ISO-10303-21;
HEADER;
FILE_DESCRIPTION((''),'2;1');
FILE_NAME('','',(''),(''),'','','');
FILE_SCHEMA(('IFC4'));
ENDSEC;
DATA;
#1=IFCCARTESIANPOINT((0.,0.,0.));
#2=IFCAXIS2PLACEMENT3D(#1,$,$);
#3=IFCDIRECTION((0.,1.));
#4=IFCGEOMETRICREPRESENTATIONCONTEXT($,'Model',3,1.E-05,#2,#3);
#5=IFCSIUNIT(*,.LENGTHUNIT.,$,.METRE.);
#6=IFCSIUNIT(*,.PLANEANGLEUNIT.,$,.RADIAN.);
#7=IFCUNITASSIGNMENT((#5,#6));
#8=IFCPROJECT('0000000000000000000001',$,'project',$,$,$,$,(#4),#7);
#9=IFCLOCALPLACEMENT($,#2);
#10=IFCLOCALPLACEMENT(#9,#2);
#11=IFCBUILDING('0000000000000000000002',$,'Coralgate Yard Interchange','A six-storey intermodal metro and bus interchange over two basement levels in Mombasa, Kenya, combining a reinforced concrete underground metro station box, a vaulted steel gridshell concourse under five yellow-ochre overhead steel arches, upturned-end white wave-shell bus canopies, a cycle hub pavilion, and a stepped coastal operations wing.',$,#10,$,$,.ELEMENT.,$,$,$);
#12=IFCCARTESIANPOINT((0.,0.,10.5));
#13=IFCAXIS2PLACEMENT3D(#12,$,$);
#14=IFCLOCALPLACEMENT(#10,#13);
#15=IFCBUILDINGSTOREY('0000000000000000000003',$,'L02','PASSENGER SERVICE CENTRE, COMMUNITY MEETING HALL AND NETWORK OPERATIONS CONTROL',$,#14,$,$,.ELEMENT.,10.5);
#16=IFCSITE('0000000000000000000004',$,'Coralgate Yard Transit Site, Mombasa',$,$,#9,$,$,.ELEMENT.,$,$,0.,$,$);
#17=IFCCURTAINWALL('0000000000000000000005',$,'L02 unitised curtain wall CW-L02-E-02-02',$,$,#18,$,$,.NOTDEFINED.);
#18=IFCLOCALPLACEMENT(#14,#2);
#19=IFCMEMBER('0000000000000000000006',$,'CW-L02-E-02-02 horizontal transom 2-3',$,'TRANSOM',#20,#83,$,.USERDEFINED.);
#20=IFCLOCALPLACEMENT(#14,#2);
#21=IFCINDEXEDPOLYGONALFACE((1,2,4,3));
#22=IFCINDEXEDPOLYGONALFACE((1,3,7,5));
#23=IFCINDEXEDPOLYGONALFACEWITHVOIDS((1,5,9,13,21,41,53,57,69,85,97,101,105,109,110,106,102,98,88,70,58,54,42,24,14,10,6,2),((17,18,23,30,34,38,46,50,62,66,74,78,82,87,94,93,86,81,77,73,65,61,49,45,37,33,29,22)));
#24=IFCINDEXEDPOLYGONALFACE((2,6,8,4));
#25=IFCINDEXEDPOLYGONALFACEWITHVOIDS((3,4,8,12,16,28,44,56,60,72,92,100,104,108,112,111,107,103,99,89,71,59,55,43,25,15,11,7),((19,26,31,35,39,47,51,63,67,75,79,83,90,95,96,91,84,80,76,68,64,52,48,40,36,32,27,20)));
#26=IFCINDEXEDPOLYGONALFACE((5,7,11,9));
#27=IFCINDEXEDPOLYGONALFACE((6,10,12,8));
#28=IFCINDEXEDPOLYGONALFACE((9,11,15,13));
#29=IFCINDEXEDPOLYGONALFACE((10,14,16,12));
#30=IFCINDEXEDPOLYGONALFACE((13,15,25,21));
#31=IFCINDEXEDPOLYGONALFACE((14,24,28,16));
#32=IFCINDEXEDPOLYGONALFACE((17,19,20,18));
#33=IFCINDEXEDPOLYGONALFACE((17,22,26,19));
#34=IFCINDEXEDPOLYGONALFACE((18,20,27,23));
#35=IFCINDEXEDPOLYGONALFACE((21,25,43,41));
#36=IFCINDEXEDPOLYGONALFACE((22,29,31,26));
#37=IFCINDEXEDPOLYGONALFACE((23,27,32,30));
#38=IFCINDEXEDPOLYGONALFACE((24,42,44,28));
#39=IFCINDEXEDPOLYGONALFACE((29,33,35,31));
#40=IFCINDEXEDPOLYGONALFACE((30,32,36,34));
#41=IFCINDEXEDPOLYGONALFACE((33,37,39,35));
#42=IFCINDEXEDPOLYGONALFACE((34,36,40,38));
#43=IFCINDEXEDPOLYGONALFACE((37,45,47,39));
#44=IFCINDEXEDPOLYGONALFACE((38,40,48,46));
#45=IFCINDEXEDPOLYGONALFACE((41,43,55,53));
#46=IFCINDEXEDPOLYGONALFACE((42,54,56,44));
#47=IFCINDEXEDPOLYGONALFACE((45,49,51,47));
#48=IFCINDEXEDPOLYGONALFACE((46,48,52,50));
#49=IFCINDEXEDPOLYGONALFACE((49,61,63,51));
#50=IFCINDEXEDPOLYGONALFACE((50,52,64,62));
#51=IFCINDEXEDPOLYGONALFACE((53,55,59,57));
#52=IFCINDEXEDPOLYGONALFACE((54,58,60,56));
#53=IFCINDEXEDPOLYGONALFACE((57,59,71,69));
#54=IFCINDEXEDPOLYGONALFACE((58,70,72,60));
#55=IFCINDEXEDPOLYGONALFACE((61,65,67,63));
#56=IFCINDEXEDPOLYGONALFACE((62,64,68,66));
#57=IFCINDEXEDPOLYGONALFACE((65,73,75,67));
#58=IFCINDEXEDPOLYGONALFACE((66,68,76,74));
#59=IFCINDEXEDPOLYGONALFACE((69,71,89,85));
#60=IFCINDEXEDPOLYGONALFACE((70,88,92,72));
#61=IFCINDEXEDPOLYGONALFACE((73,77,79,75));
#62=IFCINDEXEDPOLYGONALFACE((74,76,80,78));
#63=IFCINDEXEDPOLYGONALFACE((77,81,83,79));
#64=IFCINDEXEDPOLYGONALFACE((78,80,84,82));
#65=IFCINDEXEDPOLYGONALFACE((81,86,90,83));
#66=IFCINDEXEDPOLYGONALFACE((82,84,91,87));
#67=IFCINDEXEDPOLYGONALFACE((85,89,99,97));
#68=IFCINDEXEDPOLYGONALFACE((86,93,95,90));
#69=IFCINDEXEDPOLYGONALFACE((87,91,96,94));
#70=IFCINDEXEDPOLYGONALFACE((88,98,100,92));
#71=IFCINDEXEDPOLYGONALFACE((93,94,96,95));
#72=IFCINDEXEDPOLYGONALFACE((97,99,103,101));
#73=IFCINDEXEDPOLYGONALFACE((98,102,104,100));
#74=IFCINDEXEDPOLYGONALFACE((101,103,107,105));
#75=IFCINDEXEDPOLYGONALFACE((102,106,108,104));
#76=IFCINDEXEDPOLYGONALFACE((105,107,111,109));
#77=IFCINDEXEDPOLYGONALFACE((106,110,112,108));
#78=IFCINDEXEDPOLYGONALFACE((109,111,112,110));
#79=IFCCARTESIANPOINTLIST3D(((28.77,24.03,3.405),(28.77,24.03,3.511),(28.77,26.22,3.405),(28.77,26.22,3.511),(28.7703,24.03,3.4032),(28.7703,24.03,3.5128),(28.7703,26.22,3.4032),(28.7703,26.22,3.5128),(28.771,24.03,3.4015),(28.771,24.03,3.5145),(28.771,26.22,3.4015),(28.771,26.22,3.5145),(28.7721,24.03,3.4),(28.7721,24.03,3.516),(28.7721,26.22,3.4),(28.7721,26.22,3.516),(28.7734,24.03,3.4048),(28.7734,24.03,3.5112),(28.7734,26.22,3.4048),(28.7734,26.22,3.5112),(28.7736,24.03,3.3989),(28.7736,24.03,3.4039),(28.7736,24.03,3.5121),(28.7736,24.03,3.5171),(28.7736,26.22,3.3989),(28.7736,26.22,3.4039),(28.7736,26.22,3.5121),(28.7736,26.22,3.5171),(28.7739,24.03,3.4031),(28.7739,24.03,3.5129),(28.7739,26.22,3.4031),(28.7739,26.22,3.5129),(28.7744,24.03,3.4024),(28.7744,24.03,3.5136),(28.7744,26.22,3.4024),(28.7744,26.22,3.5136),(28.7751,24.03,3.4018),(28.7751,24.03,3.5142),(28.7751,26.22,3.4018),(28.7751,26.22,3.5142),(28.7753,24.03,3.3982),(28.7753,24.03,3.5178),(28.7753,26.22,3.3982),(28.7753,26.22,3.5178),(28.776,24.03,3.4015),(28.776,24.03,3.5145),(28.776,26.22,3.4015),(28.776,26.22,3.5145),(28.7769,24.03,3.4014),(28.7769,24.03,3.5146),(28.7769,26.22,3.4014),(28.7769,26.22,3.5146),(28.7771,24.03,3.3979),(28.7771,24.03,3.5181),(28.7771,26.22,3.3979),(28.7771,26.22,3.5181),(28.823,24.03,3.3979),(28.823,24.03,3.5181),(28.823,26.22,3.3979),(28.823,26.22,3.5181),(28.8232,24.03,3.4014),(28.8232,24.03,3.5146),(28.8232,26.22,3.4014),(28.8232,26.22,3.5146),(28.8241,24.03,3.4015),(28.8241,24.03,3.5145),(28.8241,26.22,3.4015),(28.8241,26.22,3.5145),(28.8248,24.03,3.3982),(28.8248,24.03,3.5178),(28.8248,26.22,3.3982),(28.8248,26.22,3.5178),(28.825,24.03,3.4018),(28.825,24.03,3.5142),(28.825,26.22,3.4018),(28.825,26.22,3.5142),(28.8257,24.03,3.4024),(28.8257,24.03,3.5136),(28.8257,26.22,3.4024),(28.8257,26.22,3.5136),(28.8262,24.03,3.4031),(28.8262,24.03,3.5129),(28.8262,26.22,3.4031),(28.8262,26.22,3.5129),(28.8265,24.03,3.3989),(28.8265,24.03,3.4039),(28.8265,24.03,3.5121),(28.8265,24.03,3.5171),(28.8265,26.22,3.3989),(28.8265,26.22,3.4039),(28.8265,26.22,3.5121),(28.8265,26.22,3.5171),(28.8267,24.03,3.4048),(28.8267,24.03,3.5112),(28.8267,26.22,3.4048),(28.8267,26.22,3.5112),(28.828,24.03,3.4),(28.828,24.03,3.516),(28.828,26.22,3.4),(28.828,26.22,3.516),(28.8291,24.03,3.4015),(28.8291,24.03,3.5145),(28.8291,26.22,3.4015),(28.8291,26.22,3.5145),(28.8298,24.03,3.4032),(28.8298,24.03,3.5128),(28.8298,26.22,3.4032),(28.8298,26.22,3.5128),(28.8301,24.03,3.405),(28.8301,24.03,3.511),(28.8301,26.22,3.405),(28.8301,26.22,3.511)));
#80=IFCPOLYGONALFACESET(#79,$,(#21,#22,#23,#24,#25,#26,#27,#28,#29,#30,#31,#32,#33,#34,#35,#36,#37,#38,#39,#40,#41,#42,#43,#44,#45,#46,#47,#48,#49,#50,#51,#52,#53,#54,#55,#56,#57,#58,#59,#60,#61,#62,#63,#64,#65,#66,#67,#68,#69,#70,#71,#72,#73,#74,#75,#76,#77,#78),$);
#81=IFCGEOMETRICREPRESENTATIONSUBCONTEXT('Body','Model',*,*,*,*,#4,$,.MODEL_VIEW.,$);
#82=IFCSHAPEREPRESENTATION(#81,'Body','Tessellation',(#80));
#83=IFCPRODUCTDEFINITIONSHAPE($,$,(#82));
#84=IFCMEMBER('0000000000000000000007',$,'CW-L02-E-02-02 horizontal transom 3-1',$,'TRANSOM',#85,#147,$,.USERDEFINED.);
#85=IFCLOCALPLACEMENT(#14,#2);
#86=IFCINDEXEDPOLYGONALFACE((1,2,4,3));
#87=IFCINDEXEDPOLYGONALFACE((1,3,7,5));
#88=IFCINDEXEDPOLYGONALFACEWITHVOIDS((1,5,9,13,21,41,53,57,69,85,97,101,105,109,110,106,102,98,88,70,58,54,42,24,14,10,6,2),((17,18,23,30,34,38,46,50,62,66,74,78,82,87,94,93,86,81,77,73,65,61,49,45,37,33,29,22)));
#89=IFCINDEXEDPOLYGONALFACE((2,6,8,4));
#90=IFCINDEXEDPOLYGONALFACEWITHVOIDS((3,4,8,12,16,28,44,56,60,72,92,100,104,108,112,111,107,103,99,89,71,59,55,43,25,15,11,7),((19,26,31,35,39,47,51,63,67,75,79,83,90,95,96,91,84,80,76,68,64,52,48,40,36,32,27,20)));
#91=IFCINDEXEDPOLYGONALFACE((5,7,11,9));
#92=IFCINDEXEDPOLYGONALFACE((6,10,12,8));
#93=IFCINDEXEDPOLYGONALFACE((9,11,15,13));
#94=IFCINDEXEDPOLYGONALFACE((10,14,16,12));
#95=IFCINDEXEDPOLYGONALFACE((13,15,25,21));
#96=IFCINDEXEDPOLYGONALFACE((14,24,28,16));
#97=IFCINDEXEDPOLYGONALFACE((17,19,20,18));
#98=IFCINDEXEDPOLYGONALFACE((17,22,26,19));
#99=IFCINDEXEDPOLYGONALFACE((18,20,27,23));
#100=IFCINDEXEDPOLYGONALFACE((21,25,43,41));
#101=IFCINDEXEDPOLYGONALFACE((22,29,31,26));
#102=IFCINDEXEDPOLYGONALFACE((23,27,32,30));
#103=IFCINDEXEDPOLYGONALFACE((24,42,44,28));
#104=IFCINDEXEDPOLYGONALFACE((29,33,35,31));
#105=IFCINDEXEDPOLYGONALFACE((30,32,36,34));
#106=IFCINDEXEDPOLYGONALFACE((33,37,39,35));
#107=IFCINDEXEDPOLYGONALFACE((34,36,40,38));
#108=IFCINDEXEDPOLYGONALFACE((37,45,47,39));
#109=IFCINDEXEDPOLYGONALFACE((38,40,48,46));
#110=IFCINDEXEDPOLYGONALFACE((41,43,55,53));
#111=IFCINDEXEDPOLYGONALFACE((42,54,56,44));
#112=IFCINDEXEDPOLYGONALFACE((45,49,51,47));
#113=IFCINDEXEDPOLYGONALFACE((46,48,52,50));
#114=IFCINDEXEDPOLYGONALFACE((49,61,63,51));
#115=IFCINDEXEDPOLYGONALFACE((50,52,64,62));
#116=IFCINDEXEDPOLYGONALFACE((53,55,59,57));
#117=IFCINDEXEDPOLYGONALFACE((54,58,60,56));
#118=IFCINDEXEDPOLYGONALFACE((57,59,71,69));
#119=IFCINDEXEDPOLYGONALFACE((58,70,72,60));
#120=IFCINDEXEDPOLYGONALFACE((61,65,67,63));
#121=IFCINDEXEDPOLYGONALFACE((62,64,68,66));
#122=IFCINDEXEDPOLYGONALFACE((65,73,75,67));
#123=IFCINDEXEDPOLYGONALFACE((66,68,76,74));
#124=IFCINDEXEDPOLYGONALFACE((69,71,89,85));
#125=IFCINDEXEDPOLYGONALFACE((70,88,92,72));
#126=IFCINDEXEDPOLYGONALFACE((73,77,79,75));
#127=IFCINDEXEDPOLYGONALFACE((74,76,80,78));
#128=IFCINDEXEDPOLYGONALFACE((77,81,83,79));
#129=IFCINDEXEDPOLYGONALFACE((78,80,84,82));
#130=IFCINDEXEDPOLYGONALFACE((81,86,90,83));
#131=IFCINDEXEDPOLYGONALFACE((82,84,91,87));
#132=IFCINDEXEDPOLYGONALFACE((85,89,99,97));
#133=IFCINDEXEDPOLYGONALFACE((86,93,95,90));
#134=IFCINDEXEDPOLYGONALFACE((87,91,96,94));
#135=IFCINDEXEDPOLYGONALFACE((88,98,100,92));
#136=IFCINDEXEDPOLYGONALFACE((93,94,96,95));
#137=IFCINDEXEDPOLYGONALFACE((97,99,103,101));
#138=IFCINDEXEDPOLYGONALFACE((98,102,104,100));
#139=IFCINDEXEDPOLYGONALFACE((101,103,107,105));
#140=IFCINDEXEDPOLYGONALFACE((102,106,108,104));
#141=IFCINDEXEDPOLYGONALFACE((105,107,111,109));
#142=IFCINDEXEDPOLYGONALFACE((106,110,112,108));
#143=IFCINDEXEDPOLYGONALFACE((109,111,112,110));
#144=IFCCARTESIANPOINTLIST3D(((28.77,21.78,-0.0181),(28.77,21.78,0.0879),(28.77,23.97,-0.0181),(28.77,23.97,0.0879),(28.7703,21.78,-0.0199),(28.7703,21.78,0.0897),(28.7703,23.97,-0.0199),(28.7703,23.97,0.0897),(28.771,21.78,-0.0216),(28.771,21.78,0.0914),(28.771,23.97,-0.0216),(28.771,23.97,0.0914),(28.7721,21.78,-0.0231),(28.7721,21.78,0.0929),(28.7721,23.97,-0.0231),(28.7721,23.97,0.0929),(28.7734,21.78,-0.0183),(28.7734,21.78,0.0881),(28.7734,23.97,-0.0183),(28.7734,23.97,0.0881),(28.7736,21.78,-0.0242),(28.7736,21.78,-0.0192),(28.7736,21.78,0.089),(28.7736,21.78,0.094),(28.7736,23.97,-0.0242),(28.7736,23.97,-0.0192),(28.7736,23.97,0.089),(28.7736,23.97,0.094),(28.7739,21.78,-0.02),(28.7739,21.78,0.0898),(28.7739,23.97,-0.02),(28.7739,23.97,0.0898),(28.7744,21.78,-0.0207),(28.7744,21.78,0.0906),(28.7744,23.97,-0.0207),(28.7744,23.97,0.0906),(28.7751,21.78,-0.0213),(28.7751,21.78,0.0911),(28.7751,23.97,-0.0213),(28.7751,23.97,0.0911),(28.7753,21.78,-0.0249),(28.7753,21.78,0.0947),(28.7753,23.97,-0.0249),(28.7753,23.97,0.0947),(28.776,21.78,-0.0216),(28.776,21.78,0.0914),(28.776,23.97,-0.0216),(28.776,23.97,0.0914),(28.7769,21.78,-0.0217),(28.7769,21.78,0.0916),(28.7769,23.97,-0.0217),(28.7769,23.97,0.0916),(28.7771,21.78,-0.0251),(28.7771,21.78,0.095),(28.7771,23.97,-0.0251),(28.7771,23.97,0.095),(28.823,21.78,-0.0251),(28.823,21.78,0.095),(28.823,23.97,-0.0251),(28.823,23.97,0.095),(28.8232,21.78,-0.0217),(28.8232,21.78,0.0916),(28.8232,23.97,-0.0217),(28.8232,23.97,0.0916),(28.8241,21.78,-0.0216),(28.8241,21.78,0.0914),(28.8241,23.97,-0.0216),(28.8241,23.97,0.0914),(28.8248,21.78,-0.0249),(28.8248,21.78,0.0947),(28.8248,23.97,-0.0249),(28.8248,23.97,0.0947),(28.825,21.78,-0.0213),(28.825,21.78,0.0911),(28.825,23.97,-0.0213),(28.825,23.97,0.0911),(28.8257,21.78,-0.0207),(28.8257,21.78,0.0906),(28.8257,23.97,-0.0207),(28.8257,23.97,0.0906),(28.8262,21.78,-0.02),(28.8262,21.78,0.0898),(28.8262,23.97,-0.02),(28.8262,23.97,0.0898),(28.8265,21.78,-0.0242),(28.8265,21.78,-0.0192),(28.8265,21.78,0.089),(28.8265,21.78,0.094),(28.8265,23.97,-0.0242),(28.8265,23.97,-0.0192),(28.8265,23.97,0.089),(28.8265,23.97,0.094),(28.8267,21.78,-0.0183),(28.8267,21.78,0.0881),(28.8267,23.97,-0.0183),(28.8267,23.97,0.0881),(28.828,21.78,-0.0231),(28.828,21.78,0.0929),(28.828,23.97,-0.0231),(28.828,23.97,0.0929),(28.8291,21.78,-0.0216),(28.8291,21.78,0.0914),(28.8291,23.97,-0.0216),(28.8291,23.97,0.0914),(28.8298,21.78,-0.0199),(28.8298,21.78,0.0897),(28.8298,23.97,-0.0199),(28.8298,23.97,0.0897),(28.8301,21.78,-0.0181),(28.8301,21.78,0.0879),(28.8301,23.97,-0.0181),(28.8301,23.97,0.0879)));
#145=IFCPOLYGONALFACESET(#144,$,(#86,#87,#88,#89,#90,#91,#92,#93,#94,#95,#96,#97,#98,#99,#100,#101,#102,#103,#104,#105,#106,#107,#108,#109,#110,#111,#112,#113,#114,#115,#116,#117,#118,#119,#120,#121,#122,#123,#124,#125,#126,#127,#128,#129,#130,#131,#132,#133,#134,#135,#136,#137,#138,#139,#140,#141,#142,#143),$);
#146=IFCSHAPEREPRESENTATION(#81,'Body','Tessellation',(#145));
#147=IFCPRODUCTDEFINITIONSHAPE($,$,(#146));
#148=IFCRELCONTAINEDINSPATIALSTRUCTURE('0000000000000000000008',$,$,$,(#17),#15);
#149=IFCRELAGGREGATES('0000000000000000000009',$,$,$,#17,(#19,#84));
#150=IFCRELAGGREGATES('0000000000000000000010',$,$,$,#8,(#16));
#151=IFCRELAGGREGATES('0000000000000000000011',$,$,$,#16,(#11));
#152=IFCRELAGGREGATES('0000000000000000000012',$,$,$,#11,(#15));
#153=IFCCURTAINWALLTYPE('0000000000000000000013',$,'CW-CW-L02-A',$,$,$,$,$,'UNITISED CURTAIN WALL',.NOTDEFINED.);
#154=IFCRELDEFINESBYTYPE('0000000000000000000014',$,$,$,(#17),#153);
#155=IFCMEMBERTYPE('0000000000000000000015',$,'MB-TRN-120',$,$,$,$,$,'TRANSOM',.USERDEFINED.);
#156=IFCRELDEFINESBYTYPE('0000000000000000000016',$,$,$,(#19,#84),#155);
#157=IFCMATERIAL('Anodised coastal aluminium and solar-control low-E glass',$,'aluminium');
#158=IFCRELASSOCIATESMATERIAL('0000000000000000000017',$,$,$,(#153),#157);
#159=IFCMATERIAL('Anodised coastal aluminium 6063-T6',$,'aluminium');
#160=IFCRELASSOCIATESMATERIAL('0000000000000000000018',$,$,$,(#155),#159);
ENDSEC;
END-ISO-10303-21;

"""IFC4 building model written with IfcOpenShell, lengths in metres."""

from ifc_helpers import new_model, si_unit, direction, frame, origin, origin_2d, place, context, subcontext, project, spatial, hollow_rectangle, extrude, material, material_profile, profile_set, type_object, element, aggregate, save


model = new_model("IFC4")

# Units and contexts
model_context = context("Model", 3, precision=1e-05, world=origin(), true_north=direction((0.0, 1.0)))
body_context = subcontext(model_context, "Body", "Model", "MODEL_VIEW")
ifc_project = project(units=[si_unit("LENGTHUNIT", "METRE"), si_unit("PLANEANGLEUNIT", "RADIAN")], contexts=[model_context])

# Site, building, storey
site_placement = place(None, origin())
site = spatial("IfcSite", under=ifc_project, at=site_placement, Name="Coralgate Yard Transit Site, Mombasa", CompositionType="ELEMENT", RefElevation=0.0)
building_placement = place(site_placement, origin())
building = spatial("IfcBuilding", under=site, at=building_placement, Name="Coralgate Yard Interchange", Description="A six-storey intermodal metro and bus interchange over two basement levels in Mombasa, Kenya, combining a reinforced concrete underground metro station box, a vaulted steel gridshell concourse under five yellow-ochre overhead steel arches, upturned-end white wave-shell bus canopies, a cycle hub pavilion, and a stepped coastal operations wing.", CompositionType="ELEMENT")
storey_placement = place(building_placement, frame((0.0, 0.0, 10.5)))
storey = spatial("IfcBuildingStorey", under=building, at=storey_placement, Name="L02", Description="PASSENGER SERVICE CENTRE, COMMUNITY MEETING HALL AND NETWORK OPERATIONS CONTROL", CompositionType="ELEMENT", Elevation=10.5)

# Curtain wall, members
ifc_material_1 = material(Name="Anodised coastal aluminium and solar-control low-E glass", Category="aluminium")
curtain_wall_type = type_object("IfcCurtainWallType", Name="CW-CW-L02-A", ElementType="UNITISED CURTAIN WALL", PredefinedType="NOTDEFINED", material=ifc_material_1)
curtain_wall_placement = place(storey_placement, origin())
curtain_wall = element("IfcCurtainWall", 1, at=curtain_wall_placement, inside=storey, type_object=curtain_wall_type, Name="L02 unitised curtain wall CW-L02-E-02-02", PredefinedType="NOTDEFINED")
ifc_material_2 = material(Name="Anodised coastal aluminium 6063-T6", Category="aluminium")
ifc_material_profile_1 = material_profile(ifc_material_2, hollow_rectangle(XDim=0.0601, YDim=0.1201, WallThickness=0.0034, InnerFilletRadius=0.0034, OuterFilletRadius=0.0071, at=origin_2d()), Name="ALU 60x120x3.5")
ifc_profile_set_1 = profile_set([ifc_material_profile_1], Name="Anodised coastal aluminium 6063-T6")
member_type_1 = type_object("IfcMemberType", Name="MB-TRN-120", ElementType="TRANSOM", PredefinedType="USERDEFINED", material=ifc_profile_set_1)
member_1_placement = place(storey_placement, frame((28.8, 26.22, 3.458), z_axis=(0.0, -1.0, 0.0), x_axis=(1.0, 0.0, 0.0)))
member_1 = element("IfcMember", 2, at=member_1_placement, type_object=member_type_1, Name="CW-L02-E-02-02 horizontal transom 2-3", ObjectType="TRANSOM", PredefinedType="USERDEFINED", context=body_context, shape_type="SweptSolid", body=[
    extrude(hollow_rectangle(XDim=0.0601, YDim=0.1201, WallThickness=0.0034, InnerFilletRadius=0.0034, OuterFilletRadius=0.0071, at=origin_2d()), origin(), (0.0, 0.0, 1.0), 2.1899),
])
member_2_placement = place(storey_placement, frame((28.8, 23.97, 0.0349), z_axis=(0.0, -1.0, 0.0), x_axis=(1.0, 0.0, 0.0)))
member_2 = element("IfcMember", 3, at=member_2_placement, type_object=member_type_1, Name="CW-L02-E-02-02 horizontal transom 3-1", ObjectType="TRANSOM", PredefinedType="USERDEFINED", context=body_context, shape_type="SweptSolid", body=[
    extrude(hollow_rectangle(XDim=0.0601, YDim=0.1201, WallThickness=0.0034, InnerFilletRadius=0.0034, OuterFilletRadius=0.0071, at=origin_2d()), origin(), (0.0, 0.0, 1.0), 2.1899),
])
aggregate(curtain_wall, [member_1, member_2])

save(model, "model.ifc")
